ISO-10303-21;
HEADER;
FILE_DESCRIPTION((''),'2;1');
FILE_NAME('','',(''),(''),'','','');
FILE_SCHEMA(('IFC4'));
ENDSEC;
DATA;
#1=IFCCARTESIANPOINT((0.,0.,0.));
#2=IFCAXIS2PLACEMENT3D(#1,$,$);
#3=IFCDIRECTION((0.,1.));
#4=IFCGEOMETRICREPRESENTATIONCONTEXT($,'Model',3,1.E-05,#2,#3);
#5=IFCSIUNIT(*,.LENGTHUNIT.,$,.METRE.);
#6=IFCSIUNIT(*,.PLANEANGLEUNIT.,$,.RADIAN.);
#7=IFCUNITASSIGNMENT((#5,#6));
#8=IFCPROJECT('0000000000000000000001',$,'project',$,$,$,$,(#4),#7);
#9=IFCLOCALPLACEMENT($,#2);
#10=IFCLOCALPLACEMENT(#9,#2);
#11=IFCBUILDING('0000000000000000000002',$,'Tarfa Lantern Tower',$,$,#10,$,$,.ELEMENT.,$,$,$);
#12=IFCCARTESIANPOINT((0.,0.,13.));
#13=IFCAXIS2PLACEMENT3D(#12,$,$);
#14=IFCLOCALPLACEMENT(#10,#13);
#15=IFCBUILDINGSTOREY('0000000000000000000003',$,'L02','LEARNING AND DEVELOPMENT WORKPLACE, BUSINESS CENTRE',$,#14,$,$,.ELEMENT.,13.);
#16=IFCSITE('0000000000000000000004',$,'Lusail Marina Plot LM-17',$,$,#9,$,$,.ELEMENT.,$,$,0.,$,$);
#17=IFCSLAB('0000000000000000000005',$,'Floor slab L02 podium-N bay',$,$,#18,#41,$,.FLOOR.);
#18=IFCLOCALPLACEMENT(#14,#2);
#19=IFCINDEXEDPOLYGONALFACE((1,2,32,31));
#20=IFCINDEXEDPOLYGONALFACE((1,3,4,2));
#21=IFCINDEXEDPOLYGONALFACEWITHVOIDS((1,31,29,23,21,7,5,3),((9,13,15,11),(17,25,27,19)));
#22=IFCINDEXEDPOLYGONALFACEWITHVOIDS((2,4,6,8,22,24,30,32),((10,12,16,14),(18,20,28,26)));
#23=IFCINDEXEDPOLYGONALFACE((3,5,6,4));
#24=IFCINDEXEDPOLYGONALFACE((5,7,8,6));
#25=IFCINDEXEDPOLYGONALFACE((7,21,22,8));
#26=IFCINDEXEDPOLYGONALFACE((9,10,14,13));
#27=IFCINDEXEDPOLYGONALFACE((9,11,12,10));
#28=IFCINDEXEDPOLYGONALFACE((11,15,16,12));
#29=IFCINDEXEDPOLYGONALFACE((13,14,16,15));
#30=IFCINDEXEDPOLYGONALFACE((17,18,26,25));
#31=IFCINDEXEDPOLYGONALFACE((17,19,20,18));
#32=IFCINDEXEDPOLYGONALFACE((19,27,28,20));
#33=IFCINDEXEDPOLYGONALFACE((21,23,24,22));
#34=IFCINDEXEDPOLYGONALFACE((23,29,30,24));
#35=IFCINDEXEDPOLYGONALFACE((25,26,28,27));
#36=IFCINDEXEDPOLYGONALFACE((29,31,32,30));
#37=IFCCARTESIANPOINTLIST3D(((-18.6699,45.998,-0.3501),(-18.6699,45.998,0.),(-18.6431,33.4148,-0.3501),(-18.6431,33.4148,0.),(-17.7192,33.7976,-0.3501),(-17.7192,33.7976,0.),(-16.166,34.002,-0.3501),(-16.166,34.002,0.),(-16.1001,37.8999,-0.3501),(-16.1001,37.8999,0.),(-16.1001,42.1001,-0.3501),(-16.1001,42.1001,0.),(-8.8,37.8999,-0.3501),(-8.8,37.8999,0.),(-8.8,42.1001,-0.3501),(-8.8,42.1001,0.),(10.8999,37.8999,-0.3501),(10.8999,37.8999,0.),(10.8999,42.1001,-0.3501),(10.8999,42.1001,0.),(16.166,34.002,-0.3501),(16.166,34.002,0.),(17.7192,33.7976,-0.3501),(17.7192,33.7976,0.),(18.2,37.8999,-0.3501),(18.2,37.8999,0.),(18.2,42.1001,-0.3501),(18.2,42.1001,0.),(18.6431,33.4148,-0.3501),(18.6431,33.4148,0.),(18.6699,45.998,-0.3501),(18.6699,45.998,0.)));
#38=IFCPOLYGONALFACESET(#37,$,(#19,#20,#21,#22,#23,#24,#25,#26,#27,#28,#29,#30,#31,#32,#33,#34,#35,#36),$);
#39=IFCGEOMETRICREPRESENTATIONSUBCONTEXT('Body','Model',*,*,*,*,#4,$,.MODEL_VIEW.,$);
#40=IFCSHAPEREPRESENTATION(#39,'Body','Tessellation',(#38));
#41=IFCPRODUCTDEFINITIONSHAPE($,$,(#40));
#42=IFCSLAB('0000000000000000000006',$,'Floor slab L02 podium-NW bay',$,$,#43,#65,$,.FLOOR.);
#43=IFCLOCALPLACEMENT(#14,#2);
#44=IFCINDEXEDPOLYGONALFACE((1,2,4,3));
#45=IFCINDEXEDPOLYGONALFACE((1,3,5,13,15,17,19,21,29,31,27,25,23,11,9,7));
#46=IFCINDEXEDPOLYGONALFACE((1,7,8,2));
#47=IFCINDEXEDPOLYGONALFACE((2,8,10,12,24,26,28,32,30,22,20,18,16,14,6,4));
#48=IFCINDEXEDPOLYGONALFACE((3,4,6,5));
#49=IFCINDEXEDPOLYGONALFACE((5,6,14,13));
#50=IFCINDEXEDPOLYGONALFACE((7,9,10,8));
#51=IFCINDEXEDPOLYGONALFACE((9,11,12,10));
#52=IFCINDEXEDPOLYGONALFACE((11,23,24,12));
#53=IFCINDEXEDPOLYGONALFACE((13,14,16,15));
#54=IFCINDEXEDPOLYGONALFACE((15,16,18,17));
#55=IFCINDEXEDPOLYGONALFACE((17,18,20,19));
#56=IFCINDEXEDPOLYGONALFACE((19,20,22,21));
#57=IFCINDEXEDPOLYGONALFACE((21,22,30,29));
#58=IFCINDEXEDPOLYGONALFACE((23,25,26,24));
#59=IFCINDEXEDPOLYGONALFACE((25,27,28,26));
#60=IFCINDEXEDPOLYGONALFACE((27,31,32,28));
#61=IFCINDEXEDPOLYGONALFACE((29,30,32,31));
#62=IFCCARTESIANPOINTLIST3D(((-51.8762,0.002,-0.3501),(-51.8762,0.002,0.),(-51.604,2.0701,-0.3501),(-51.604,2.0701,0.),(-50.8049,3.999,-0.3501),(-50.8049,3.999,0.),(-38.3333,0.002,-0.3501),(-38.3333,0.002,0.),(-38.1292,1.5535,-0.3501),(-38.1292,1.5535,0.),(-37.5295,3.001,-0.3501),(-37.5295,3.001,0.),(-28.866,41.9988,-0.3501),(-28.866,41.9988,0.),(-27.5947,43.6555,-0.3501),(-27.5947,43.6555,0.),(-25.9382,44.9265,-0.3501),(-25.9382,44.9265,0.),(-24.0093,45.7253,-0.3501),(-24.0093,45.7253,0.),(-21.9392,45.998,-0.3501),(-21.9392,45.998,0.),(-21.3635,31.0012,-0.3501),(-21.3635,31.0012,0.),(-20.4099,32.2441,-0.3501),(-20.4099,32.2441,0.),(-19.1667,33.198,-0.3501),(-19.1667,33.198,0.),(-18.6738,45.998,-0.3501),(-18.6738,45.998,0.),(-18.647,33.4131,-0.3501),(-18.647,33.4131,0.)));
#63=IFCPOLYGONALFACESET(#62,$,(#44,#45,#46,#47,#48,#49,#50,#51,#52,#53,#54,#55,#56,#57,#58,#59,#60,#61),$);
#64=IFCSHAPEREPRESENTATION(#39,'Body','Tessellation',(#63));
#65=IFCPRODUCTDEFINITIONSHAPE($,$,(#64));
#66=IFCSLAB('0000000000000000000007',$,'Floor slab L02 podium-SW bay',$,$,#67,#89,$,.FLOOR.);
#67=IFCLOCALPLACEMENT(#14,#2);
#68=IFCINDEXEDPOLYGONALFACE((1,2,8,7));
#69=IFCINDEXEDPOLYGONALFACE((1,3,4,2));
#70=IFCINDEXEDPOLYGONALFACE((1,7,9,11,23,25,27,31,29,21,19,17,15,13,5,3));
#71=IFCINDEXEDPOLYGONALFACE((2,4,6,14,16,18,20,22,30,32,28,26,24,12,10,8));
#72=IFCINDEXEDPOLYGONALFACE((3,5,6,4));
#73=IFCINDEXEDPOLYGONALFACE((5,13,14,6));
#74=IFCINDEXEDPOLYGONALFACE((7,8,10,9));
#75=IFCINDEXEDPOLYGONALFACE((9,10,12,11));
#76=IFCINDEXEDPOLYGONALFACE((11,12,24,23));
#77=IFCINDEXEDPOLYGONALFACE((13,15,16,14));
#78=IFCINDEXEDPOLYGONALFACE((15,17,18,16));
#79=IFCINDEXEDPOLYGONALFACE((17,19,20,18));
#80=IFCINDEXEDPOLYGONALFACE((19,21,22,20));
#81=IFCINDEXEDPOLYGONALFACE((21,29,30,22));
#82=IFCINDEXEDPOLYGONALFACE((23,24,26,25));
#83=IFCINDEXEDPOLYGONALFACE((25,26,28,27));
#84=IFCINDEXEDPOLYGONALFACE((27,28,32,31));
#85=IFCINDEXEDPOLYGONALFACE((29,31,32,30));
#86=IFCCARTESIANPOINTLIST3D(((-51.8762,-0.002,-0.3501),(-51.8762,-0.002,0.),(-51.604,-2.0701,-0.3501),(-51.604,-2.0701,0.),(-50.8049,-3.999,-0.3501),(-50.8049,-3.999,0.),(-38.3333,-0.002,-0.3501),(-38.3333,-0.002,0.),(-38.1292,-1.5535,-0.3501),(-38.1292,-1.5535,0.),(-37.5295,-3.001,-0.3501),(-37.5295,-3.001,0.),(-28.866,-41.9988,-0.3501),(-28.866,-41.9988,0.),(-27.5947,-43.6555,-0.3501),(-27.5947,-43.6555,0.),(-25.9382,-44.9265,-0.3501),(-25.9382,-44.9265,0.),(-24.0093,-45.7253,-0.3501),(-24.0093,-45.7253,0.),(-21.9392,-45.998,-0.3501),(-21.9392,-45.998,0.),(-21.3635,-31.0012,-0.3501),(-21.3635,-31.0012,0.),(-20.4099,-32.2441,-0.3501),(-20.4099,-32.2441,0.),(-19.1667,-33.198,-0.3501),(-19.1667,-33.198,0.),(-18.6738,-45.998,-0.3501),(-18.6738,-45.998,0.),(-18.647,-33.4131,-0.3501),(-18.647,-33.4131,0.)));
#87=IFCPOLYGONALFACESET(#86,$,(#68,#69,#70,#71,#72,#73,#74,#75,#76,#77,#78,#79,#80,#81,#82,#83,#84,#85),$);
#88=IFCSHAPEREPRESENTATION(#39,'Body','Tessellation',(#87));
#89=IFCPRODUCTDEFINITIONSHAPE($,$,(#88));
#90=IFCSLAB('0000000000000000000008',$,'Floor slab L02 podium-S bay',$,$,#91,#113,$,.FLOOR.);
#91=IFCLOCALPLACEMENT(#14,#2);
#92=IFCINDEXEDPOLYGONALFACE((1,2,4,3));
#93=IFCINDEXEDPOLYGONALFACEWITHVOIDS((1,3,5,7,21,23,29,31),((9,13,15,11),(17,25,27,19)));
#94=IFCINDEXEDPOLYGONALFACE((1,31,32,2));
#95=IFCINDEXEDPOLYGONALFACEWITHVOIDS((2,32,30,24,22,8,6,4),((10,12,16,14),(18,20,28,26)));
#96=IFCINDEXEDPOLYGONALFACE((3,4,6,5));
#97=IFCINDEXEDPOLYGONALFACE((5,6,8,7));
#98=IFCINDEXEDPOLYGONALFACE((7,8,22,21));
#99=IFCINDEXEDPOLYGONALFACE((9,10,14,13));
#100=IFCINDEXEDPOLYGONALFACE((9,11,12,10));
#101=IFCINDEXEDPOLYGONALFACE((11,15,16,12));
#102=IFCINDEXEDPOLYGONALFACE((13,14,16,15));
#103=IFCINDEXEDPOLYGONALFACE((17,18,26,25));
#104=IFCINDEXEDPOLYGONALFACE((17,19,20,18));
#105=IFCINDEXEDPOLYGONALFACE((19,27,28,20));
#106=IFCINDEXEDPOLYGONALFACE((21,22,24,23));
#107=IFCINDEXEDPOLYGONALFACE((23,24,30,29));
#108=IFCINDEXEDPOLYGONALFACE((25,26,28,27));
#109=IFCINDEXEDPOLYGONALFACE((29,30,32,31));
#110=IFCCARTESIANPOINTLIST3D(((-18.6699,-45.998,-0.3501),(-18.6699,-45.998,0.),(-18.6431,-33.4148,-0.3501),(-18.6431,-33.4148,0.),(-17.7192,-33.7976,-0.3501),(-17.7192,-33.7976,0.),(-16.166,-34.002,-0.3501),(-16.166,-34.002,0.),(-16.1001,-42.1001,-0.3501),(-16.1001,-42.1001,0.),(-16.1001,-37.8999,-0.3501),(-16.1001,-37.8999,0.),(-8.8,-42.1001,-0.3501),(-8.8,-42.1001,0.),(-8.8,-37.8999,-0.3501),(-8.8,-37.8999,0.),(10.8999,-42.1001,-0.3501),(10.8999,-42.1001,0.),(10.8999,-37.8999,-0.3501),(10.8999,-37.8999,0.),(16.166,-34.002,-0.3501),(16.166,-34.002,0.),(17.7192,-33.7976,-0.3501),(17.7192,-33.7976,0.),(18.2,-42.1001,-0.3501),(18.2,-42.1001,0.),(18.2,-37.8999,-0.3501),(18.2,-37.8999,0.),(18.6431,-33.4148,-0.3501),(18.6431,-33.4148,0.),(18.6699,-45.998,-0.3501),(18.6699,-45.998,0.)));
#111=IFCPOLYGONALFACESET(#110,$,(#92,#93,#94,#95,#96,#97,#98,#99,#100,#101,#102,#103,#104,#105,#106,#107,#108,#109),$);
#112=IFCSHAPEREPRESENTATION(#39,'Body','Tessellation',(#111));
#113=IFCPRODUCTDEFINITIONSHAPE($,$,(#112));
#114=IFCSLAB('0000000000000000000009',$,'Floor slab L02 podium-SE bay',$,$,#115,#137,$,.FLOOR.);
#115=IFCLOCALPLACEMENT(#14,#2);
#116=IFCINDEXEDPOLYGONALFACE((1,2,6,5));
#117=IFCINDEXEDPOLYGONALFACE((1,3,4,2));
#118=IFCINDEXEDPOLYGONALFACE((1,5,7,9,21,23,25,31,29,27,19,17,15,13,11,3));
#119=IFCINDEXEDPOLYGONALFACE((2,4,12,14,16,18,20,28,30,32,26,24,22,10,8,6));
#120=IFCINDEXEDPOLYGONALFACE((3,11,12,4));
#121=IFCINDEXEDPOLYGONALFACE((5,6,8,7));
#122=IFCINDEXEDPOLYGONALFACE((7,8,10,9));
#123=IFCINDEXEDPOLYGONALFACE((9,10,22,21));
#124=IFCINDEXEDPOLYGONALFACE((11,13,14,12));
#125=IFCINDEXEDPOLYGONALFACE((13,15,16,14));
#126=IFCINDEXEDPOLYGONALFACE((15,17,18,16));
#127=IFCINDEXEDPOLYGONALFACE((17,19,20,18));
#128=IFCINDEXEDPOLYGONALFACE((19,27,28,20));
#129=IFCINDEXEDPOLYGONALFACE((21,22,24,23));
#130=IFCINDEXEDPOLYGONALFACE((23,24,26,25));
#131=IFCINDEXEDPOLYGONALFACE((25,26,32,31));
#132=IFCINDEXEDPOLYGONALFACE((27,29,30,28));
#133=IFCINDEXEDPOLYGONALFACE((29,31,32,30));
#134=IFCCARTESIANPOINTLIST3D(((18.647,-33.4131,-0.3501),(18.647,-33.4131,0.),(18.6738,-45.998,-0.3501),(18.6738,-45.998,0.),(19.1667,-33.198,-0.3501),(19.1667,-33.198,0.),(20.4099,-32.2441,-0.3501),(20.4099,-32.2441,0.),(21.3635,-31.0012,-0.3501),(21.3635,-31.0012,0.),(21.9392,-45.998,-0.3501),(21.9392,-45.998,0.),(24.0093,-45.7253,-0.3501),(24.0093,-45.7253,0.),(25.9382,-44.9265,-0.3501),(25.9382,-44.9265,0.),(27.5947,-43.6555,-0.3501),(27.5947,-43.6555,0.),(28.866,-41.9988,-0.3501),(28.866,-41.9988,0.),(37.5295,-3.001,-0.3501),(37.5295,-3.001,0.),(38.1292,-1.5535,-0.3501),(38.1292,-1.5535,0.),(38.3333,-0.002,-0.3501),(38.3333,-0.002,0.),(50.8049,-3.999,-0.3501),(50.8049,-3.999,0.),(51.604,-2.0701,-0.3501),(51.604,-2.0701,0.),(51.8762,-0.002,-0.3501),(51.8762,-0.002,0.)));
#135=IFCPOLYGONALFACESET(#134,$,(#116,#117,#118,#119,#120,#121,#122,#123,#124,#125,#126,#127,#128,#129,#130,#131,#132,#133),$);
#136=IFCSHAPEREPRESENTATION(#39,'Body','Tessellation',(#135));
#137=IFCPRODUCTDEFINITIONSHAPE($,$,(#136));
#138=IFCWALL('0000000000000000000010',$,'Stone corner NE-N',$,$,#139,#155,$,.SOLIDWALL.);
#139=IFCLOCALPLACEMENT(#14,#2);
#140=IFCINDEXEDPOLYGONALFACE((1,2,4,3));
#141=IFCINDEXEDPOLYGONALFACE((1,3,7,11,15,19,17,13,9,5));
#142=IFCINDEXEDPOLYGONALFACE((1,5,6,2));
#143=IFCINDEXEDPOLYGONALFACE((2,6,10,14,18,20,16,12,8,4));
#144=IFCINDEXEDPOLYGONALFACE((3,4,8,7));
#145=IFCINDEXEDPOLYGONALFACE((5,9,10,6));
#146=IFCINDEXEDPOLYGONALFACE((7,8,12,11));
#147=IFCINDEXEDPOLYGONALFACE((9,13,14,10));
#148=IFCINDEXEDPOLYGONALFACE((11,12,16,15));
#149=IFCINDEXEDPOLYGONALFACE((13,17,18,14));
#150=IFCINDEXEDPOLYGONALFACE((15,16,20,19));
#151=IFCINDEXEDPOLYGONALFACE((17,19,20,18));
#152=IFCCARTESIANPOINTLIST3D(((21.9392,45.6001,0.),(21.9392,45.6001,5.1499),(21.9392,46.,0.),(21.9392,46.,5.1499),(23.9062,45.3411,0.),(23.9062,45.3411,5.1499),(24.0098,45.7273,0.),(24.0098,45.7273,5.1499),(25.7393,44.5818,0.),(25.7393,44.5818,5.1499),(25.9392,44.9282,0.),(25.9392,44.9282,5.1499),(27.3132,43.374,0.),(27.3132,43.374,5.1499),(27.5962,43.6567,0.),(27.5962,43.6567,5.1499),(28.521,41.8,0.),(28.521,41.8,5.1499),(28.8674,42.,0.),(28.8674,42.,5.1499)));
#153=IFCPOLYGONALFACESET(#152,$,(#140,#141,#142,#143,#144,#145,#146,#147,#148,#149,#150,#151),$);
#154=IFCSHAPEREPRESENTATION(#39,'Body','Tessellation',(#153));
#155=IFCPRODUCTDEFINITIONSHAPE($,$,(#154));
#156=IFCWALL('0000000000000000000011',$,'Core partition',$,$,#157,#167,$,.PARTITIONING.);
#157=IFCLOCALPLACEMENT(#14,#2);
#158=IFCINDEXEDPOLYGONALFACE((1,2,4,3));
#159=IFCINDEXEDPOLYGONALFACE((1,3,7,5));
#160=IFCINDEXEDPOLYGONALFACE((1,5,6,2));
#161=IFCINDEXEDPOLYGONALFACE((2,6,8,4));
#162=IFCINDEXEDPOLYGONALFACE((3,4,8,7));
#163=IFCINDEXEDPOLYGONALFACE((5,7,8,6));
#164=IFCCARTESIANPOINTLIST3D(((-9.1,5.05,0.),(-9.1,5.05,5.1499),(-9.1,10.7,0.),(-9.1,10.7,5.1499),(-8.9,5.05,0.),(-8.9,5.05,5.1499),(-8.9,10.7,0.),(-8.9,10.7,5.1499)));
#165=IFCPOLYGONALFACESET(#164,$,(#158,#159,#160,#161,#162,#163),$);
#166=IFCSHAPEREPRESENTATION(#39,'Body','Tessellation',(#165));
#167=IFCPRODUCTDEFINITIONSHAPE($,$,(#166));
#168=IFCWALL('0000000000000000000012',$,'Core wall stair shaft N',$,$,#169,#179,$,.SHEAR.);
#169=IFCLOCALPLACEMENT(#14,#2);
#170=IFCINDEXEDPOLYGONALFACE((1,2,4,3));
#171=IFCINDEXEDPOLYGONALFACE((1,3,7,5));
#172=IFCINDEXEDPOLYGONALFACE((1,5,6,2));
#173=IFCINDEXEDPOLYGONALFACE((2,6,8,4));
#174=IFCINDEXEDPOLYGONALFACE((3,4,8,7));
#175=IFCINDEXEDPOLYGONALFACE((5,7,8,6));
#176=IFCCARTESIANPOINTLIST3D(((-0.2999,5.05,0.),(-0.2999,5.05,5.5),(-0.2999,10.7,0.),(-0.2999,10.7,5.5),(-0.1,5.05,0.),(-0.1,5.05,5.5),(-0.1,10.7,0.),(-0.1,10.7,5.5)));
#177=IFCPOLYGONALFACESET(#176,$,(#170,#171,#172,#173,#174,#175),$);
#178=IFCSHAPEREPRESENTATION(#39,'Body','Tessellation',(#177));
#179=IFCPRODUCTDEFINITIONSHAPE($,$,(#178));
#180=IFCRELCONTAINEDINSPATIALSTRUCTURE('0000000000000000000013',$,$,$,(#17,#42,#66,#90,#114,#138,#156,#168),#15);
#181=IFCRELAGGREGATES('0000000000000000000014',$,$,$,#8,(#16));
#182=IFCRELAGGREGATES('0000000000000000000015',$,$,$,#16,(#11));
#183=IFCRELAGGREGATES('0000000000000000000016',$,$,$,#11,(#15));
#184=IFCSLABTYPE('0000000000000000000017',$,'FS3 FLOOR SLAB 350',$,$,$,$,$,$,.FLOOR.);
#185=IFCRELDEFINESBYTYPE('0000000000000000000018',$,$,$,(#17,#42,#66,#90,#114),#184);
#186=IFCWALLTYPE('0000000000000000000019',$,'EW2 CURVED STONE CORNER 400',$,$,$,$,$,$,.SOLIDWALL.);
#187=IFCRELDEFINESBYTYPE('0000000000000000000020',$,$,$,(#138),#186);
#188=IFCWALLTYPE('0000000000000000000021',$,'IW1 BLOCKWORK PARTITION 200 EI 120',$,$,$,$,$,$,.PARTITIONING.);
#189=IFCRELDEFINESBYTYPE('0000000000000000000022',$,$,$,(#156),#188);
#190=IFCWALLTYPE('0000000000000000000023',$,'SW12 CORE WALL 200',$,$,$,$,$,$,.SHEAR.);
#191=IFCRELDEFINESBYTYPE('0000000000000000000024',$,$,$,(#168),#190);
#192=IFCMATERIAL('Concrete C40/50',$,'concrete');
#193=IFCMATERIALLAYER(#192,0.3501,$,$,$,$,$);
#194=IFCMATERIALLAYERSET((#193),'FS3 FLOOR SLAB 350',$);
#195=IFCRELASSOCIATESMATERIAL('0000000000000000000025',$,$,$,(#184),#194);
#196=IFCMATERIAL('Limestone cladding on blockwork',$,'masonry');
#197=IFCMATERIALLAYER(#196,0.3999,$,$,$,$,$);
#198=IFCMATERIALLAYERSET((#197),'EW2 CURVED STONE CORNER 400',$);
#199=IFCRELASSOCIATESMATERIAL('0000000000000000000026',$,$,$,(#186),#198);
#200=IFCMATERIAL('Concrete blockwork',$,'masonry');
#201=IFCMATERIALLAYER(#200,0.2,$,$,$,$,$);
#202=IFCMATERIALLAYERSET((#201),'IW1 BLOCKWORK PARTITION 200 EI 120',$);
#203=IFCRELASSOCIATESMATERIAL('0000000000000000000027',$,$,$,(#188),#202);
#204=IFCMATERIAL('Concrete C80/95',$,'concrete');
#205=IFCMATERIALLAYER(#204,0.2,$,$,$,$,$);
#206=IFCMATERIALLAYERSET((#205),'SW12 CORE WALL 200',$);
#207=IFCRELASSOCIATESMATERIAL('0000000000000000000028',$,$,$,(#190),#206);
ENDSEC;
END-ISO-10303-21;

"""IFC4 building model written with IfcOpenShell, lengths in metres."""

from ifc_helpers import new_model, si_unit, direction, frame, frame_2d, origin, place, context, subcontext, project, spatial, polyline, rectangle, outline, extrude, material, layer, layer_set, type_object, element, save


model = new_model("IFC4")

# Units and contexts
model_context = context("Model", 3, precision=1e-05, world=origin(), true_north=direction((0.0, 1.0)))
body_context = subcontext(model_context, "Body", "Model", "MODEL_VIEW")
ifc_project = project(units=[si_unit("LENGTHUNIT", "METRE"), si_unit("PLANEANGLEUNIT", "RADIAN")], contexts=[model_context])

# Site, building, storey
site_placement = place(None, origin())
site = spatial("IfcSite", under=ifc_project, at=site_placement, Name="Lusail Marina Plot LM-17", CompositionType="ELEMENT", RefElevation=0.0)
building_placement = place(site_placement, origin())
building = spatial("IfcBuilding", under=site, at=building_placement, Name="Tarfa Lantern Tower", CompositionType="ELEMENT")
storey_placement = place(building_placement, frame((0.0, 0.0, 13.0)))
storey = spatial("IfcBuildingStorey", under=building, at=storey_placement, Name="L02", Description="LEARNING AND DEVELOPMENT WORKPLACE, BUSINESS CENTRE", CompositionType="ELEMENT", Elevation=13.0)

# Slabs
ifc_material_1 = material(Name="Concrete C40/50", Category="concrete")
ifc_layer_1 = layer(ifc_material_1, 0.3501)
ifc_layer_set_1 = layer_set([ifc_layer_1], Name="FS3 FLOOR SLAB 350")
slab_type = type_object("IfcSlabType", Name="FS3 FLOOR SLAB 350", PredefinedType="FLOOR", material=ifc_layer_set_1)
slab_1_placement = place(storey_placement, frame((0.0, 0.0, -0.3501)))
element("IfcSlab", 1, at=slab_1_placement, inside=storey, type_object=slab_type, Name="Floor slab L02 podium-N bay", PredefinedType="FLOOR", context=body_context, shape_type="SweptSolid", body=[
    extrude(outline(polyline([(-18.6431, 33.4148), (-17.7192, 33.7976), (-16.166, 34.002), (16.166, 34.002), (17.7192, 33.7976), (18.6431, 33.4148), (18.6699, 45.998), (-18.6699, 45.998), (-18.6431, 33.4148)]), holes=[polyline([(10.8999, 37.8999), (18.2, 37.8999), (18.2, 42.1001), (10.8999, 42.1001), (10.8999, 37.8999)]), polyline([(-16.1001, 37.8999), (-8.8, 37.8999), (-8.8, 42.1001), (-16.1001, 42.1001), (-16.1001, 37.8999)])]), origin(), (0.0, 0.0, 1.0), 0.3501),
])
slab_2_placement = place(storey_placement, frame((0.0, 0.0, -0.3501)))
element("IfcSlab", 2, at=slab_2_placement, inside=storey, type_object=slab_type, Name="Floor slab L02 podium-NW bay", PredefinedType="FLOOR", context=body_context, shape_type="SweptSolid", body=[
    extrude(outline(polyline([(-38.3333, 0.002), (-38.1292, 1.5535), (-37.5295, 3.001), (-21.3635, 31.0012), (-20.4099, 32.2441), (-19.1667, 33.198), (-18.647, 33.4131), (-18.6738, 45.998), (-21.9392, 45.998), (-24.0093, 45.7253), (-25.9382, 44.9265), (-27.5947, 43.6555), (-28.866, 41.9988), (-50.8049, 3.999), (-51.604, 2.0701), (-51.8762, 0.002), (-38.3333, 0.002)])), origin(), (0.0, 0.0, 1.0), 0.3501),
])
slab_3_placement = place(storey_placement, frame((0.0, 0.0, -0.3501)))
element("IfcSlab", 3, at=slab_3_placement, inside=storey, type_object=slab_type, Name="Floor slab L02 podium-SW bay", PredefinedType="FLOOR", context=body_context, shape_type="SweptSolid", body=[
    extrude(outline(polyline([(-18.647, -33.4131), (-19.1667, -33.198), (-20.4099, -32.2441), (-21.3635, -31.0012), (-37.5295, -3.001), (-38.1292, -1.5535), (-38.3333, -0.002), (-51.8762, -0.002), (-51.604, -2.0701), (-50.8049, -3.999), (-28.866, -41.9988), (-27.5947, -43.6555), (-25.9382, -44.9265), (-24.0093, -45.7253), (-21.9392, -45.998), (-18.6738, -45.998), (-18.647, -33.4131)])), origin(), (0.0, 0.0, 1.0), 0.3501),
])
slab_4_placement = place(storey_placement, frame((0.0, 0.0, -0.3501)))
element("IfcSlab", 4, at=slab_4_placement, inside=storey, type_object=slab_type, Name="Floor slab L02 podium-S bay", PredefinedType="FLOOR", context=body_context, shape_type="SweptSolid", body=[
    extrude(outline(polyline([(18.6431, -33.4148), (17.7192, -33.7976), (16.166, -34.002), (-16.166, -34.002), (-17.7192, -33.7976), (-18.6431, -33.4148), (-18.6699, -45.998), (18.6699, -45.998), (18.6431, -33.4148)]), holes=[polyline([(-16.1001, -42.1001), (-8.8, -42.1001), (-8.8, -37.8999), (-16.1001, -37.8999), (-16.1001, -42.1001)]), polyline([(10.8999, -42.1001), (18.2, -42.1001), (18.2, -37.8999), (10.8999, -37.8999), (10.8999, -42.1001)])]), origin(), (0.0, 0.0, 1.0), 0.3501),
])
slab_5_placement = place(storey_placement, frame((0.0, 0.0, -0.3501)))
element("IfcSlab", 5, at=slab_5_placement, inside=storey, type_object=slab_type, Name="Floor slab L02 podium-SE bay", PredefinedType="FLOOR", context=body_context, shape_type="SweptSolid", body=[
    extrude(outline(polyline([(38.3333, -0.002), (38.1292, -1.5535), (37.5295, -3.001), (21.3635, -31.0012), (20.4099, -32.2441), (19.1667, -33.198), (18.647, -33.4131), (18.6738, -45.998), (21.9392, -45.998), (24.0093, -45.7253), (25.9382, -44.9265), (27.5947, -43.6555), (28.866, -41.9988), (50.8049, -3.999), (51.604, -2.0701), (51.8762, -0.002), (38.3333, -0.002)])), origin(), (0.0, 0.0, 1.0), 0.3501),
])

# Walls
ifc_material_2 = material(Name="Limestone cladding on blockwork", Category="masonry")
ifc_layer_2 = layer(ifc_material_2, 0.3999)
ifc_layer_set_2 = layer_set([ifc_layer_2], Name="EW2 CURVED STONE CORNER 400")
wall_type_1 = type_object("IfcWallType", Name="EW2 CURVED STONE CORNER 400", PredefinedType="SOLIDWALL", material=ifc_layer_set_2)
wall_1_placement = place(storey_placement, origin())
element("IfcWall", 6, at=wall_1_placement, inside=storey, type_object=wall_type_1, Name="Stone corner NE-N", PredefinedType="SOLIDWALL", context=body_context, shape_type="SweptSolid", body=[
    extrude(outline(polyline([(28.8674, 42.0), (27.5962, 43.6567), (25.9392, 44.9282), (24.0098, 45.7273), (21.9392, 46.0), (21.9392, 45.6001), (23.9062, 45.3411), (25.7393, 44.5818), (27.3132, 43.374), (28.521, 41.8), (28.8674, 42.0)])), origin(), (0.0, 0.0, 1.0), 5.1499),
])
ifc_material_3 = material(Name="Concrete blockwork", Category="masonry")
ifc_layer_3 = layer(ifc_material_3, 0.2)
ifc_layer_set_3 = layer_set([ifc_layer_3], Name="IW1 BLOCKWORK PARTITION 200 EI 120")
wall_type_2 = type_object("IfcWallType", Name="IW1 BLOCKWORK PARTITION 200 EI 120", PredefinedType="PARTITIONING", material=ifc_layer_set_3)
wall_2_placement = place(storey_placement, frame((-9.0, 5.05, 0.0), z_axis=(0.0, 0.0, 1.0), x_axis=(0.0, 1.0, 0.0)))
element("IfcWall", 7, at=wall_2_placement, inside=storey, type_object=wall_type_2, Name="Core partition", PredefinedType="PARTITIONING", context=body_context, shape_type="SweptSolid", body=[
    extrude(rectangle(XDim=5.6499, YDim=0.2, at=frame_2d((2.825, 0.0))), origin(), (0.0, 0.0, 1.0), 5.1499),
])
ifc_material_4 = material(Name="Concrete C80/95", Category="concrete")
ifc_layer_4 = layer(ifc_material_4, 0.2)
ifc_layer_set_4 = layer_set([ifc_layer_4], Name="SW12 CORE WALL 200")
wall_type_3 = type_object("IfcWallType", Name="SW12 CORE WALL 200", PredefinedType="SHEAR", material=ifc_layer_set_4)
wall_3_placement = place(storey_placement, frame((-0.2, 5.05, 0.0), z_axis=(0.0, 0.0, 1.0), x_axis=(0.0, 1.0, 0.0)))
element("IfcWall", 8, at=wall_3_placement, inside=storey, type_object=wall_type_3, Name="Core wall stair shaft N", PredefinedType="SHEAR", context=body_context, shape_type="SweptSolid", body=[
    extrude(rectangle(XDim=5.6499, YDim=0.2, at=frame_2d((2.825, 0.0))), origin(), (0.0, 0.0, 1.0), 5.5),
])

save(model, "model.ifc")
